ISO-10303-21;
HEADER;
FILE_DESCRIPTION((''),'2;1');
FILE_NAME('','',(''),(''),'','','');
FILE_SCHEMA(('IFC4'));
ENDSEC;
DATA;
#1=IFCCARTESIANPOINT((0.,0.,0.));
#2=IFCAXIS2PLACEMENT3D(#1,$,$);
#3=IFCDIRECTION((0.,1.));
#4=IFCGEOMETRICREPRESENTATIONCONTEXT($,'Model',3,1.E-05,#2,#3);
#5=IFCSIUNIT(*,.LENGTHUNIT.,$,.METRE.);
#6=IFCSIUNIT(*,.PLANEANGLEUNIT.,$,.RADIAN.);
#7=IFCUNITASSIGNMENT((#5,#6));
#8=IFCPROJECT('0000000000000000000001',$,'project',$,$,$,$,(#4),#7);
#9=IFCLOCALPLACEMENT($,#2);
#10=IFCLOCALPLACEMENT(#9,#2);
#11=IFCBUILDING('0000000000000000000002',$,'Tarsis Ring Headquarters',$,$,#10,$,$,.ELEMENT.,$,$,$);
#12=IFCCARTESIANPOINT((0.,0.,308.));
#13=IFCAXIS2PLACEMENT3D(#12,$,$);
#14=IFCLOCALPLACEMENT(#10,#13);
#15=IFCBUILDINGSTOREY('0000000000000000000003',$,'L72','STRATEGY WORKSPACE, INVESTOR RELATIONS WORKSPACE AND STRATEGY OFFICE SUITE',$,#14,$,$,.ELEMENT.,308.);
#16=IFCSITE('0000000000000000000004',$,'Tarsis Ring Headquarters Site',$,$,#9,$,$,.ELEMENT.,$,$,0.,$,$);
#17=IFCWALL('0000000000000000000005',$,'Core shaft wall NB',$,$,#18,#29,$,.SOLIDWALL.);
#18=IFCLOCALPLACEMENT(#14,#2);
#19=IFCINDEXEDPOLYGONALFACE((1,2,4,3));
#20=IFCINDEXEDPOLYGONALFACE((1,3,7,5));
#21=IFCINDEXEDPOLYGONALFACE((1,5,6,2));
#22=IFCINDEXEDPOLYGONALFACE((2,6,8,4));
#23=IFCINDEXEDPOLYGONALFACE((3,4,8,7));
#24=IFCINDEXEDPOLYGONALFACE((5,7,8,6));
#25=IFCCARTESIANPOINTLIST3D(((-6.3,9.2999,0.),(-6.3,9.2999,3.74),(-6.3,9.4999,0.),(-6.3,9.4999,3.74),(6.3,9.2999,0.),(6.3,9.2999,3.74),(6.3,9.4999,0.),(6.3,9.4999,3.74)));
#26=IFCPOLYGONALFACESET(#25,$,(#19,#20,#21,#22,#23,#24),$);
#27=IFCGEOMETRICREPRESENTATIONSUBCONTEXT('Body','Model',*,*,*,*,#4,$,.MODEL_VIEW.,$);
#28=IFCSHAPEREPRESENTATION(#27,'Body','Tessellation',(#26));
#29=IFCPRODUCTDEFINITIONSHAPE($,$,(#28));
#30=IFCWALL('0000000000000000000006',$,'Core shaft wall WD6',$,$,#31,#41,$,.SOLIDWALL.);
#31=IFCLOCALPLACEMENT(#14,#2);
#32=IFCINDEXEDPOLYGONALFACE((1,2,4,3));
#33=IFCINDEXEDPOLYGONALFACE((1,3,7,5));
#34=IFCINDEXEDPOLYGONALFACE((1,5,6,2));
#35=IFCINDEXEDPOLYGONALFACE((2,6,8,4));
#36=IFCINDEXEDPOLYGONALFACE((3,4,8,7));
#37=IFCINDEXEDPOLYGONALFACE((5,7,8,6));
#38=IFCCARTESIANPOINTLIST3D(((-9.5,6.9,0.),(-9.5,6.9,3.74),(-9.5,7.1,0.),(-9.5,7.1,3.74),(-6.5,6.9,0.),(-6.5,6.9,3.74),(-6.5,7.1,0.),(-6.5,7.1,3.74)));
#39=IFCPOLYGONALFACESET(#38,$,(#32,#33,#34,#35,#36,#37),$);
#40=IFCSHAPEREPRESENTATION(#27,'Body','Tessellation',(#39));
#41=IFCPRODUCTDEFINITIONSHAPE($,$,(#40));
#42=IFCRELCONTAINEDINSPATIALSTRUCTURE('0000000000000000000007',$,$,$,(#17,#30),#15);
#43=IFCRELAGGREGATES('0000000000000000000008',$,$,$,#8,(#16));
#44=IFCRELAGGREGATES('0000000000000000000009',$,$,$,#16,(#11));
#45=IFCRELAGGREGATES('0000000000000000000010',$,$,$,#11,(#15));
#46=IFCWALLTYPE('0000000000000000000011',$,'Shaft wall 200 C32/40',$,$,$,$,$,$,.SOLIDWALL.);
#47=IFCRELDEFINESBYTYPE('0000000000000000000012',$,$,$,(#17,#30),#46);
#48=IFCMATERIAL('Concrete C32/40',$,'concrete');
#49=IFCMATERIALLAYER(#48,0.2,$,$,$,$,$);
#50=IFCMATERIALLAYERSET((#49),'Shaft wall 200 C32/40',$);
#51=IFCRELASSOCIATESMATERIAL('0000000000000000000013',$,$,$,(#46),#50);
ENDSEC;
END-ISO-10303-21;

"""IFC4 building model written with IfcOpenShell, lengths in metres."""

from ifc_helpers import new_model, si_unit, direction, frame, frame_2d, origin, place, context, subcontext, project, spatial, rectangle, extrude, material, layer, layer_set, type_object, element, save


model = new_model("IFC4")

# Units and contexts
model_context = context("Model", 3, precision=1e-05, world=origin(), true_north=direction((0.0, 1.0)))
body_context = subcontext(model_context, "Body", "Model", "MODEL_VIEW")
ifc_project = project(units=[si_unit("LENGTHUNIT", "METRE"), si_unit("PLANEANGLEUNIT", "RADIAN")], contexts=[model_context])

# Site, building, storey
site_placement = place(None, origin())
site = spatial("IfcSite", under=ifc_project, at=site_placement, Name="Tarsis Ring Headquarters Site", CompositionType="ELEMENT", RefElevation=0.0)
building_placement = place(site_placement, origin())
building = spatial("IfcBuilding", under=site, at=building_placement, Name="Tarsis Ring Headquarters", CompositionType="ELEMENT")
storey_placement = place(building_placement, frame((0.0, 0.0, 308.0)))
storey = spatial("IfcBuildingStorey", under=building, at=storey_placement, Name="L72", Description="STRATEGY WORKSPACE, INVESTOR RELATIONS WORKSPACE AND STRATEGY OFFICE SUITE", CompositionType="ELEMENT", Elevation=308.0)

# Shared definitions
ifc_material_1 = material(Name="Concrete C32/40", Category="concrete")

# Shared definitions
ifc_layer_1 = layer(ifc_material_1, 0.2)
ifc_layer_set_1 = layer_set([ifc_layer_1], Name="Shaft wall 200 C32/40")
wall_type_1 = type_object("IfcWallType", Name="Shaft wall 200 C32/40", PredefinedType="SOLIDWALL", material=ifc_layer_set_1)

# Walls
wall_1_placement = place(storey_placement, frame((-6.3, 9.3999, 0.0), z_axis=(0.0, 0.0, 1.0), x_axis=(1.0, 0.0, 0.0)))
element("IfcWall", 1, at=wall_1_placement, inside=storey, type_object=wall_type_1, Name="Core shaft wall NB", PredefinedType="SOLIDWALL", context=body_context, shape_type="SweptSolid", body=[
    extrude(rectangle(XDim=12.6001, YDim=0.2, at=frame_2d((6.3, 0.0))), origin(), (0.0, 0.0, 1.0), 3.74),
])
wall_2_placement = place(storey_placement, frame((-9.5, 7.0, 0.0), z_axis=(0.0, 0.0, 1.0), x_axis=(1.0, 0.0, 0.0)))
element("IfcWall", 2, at=wall_2_placement, inside=storey, type_object=wall_type_1, Name="Core shaft wall WD6", PredefinedType="SOLIDWALL", context=body_context, shape_type="SweptSolid", body=[
    extrude(rectangle(XDim=3.0, YDim=0.2, at=frame_2d((1.5, 0.0))), origin(), (0.0, 0.0, 1.0), 3.74),
])

save(model, "model.ifc")
